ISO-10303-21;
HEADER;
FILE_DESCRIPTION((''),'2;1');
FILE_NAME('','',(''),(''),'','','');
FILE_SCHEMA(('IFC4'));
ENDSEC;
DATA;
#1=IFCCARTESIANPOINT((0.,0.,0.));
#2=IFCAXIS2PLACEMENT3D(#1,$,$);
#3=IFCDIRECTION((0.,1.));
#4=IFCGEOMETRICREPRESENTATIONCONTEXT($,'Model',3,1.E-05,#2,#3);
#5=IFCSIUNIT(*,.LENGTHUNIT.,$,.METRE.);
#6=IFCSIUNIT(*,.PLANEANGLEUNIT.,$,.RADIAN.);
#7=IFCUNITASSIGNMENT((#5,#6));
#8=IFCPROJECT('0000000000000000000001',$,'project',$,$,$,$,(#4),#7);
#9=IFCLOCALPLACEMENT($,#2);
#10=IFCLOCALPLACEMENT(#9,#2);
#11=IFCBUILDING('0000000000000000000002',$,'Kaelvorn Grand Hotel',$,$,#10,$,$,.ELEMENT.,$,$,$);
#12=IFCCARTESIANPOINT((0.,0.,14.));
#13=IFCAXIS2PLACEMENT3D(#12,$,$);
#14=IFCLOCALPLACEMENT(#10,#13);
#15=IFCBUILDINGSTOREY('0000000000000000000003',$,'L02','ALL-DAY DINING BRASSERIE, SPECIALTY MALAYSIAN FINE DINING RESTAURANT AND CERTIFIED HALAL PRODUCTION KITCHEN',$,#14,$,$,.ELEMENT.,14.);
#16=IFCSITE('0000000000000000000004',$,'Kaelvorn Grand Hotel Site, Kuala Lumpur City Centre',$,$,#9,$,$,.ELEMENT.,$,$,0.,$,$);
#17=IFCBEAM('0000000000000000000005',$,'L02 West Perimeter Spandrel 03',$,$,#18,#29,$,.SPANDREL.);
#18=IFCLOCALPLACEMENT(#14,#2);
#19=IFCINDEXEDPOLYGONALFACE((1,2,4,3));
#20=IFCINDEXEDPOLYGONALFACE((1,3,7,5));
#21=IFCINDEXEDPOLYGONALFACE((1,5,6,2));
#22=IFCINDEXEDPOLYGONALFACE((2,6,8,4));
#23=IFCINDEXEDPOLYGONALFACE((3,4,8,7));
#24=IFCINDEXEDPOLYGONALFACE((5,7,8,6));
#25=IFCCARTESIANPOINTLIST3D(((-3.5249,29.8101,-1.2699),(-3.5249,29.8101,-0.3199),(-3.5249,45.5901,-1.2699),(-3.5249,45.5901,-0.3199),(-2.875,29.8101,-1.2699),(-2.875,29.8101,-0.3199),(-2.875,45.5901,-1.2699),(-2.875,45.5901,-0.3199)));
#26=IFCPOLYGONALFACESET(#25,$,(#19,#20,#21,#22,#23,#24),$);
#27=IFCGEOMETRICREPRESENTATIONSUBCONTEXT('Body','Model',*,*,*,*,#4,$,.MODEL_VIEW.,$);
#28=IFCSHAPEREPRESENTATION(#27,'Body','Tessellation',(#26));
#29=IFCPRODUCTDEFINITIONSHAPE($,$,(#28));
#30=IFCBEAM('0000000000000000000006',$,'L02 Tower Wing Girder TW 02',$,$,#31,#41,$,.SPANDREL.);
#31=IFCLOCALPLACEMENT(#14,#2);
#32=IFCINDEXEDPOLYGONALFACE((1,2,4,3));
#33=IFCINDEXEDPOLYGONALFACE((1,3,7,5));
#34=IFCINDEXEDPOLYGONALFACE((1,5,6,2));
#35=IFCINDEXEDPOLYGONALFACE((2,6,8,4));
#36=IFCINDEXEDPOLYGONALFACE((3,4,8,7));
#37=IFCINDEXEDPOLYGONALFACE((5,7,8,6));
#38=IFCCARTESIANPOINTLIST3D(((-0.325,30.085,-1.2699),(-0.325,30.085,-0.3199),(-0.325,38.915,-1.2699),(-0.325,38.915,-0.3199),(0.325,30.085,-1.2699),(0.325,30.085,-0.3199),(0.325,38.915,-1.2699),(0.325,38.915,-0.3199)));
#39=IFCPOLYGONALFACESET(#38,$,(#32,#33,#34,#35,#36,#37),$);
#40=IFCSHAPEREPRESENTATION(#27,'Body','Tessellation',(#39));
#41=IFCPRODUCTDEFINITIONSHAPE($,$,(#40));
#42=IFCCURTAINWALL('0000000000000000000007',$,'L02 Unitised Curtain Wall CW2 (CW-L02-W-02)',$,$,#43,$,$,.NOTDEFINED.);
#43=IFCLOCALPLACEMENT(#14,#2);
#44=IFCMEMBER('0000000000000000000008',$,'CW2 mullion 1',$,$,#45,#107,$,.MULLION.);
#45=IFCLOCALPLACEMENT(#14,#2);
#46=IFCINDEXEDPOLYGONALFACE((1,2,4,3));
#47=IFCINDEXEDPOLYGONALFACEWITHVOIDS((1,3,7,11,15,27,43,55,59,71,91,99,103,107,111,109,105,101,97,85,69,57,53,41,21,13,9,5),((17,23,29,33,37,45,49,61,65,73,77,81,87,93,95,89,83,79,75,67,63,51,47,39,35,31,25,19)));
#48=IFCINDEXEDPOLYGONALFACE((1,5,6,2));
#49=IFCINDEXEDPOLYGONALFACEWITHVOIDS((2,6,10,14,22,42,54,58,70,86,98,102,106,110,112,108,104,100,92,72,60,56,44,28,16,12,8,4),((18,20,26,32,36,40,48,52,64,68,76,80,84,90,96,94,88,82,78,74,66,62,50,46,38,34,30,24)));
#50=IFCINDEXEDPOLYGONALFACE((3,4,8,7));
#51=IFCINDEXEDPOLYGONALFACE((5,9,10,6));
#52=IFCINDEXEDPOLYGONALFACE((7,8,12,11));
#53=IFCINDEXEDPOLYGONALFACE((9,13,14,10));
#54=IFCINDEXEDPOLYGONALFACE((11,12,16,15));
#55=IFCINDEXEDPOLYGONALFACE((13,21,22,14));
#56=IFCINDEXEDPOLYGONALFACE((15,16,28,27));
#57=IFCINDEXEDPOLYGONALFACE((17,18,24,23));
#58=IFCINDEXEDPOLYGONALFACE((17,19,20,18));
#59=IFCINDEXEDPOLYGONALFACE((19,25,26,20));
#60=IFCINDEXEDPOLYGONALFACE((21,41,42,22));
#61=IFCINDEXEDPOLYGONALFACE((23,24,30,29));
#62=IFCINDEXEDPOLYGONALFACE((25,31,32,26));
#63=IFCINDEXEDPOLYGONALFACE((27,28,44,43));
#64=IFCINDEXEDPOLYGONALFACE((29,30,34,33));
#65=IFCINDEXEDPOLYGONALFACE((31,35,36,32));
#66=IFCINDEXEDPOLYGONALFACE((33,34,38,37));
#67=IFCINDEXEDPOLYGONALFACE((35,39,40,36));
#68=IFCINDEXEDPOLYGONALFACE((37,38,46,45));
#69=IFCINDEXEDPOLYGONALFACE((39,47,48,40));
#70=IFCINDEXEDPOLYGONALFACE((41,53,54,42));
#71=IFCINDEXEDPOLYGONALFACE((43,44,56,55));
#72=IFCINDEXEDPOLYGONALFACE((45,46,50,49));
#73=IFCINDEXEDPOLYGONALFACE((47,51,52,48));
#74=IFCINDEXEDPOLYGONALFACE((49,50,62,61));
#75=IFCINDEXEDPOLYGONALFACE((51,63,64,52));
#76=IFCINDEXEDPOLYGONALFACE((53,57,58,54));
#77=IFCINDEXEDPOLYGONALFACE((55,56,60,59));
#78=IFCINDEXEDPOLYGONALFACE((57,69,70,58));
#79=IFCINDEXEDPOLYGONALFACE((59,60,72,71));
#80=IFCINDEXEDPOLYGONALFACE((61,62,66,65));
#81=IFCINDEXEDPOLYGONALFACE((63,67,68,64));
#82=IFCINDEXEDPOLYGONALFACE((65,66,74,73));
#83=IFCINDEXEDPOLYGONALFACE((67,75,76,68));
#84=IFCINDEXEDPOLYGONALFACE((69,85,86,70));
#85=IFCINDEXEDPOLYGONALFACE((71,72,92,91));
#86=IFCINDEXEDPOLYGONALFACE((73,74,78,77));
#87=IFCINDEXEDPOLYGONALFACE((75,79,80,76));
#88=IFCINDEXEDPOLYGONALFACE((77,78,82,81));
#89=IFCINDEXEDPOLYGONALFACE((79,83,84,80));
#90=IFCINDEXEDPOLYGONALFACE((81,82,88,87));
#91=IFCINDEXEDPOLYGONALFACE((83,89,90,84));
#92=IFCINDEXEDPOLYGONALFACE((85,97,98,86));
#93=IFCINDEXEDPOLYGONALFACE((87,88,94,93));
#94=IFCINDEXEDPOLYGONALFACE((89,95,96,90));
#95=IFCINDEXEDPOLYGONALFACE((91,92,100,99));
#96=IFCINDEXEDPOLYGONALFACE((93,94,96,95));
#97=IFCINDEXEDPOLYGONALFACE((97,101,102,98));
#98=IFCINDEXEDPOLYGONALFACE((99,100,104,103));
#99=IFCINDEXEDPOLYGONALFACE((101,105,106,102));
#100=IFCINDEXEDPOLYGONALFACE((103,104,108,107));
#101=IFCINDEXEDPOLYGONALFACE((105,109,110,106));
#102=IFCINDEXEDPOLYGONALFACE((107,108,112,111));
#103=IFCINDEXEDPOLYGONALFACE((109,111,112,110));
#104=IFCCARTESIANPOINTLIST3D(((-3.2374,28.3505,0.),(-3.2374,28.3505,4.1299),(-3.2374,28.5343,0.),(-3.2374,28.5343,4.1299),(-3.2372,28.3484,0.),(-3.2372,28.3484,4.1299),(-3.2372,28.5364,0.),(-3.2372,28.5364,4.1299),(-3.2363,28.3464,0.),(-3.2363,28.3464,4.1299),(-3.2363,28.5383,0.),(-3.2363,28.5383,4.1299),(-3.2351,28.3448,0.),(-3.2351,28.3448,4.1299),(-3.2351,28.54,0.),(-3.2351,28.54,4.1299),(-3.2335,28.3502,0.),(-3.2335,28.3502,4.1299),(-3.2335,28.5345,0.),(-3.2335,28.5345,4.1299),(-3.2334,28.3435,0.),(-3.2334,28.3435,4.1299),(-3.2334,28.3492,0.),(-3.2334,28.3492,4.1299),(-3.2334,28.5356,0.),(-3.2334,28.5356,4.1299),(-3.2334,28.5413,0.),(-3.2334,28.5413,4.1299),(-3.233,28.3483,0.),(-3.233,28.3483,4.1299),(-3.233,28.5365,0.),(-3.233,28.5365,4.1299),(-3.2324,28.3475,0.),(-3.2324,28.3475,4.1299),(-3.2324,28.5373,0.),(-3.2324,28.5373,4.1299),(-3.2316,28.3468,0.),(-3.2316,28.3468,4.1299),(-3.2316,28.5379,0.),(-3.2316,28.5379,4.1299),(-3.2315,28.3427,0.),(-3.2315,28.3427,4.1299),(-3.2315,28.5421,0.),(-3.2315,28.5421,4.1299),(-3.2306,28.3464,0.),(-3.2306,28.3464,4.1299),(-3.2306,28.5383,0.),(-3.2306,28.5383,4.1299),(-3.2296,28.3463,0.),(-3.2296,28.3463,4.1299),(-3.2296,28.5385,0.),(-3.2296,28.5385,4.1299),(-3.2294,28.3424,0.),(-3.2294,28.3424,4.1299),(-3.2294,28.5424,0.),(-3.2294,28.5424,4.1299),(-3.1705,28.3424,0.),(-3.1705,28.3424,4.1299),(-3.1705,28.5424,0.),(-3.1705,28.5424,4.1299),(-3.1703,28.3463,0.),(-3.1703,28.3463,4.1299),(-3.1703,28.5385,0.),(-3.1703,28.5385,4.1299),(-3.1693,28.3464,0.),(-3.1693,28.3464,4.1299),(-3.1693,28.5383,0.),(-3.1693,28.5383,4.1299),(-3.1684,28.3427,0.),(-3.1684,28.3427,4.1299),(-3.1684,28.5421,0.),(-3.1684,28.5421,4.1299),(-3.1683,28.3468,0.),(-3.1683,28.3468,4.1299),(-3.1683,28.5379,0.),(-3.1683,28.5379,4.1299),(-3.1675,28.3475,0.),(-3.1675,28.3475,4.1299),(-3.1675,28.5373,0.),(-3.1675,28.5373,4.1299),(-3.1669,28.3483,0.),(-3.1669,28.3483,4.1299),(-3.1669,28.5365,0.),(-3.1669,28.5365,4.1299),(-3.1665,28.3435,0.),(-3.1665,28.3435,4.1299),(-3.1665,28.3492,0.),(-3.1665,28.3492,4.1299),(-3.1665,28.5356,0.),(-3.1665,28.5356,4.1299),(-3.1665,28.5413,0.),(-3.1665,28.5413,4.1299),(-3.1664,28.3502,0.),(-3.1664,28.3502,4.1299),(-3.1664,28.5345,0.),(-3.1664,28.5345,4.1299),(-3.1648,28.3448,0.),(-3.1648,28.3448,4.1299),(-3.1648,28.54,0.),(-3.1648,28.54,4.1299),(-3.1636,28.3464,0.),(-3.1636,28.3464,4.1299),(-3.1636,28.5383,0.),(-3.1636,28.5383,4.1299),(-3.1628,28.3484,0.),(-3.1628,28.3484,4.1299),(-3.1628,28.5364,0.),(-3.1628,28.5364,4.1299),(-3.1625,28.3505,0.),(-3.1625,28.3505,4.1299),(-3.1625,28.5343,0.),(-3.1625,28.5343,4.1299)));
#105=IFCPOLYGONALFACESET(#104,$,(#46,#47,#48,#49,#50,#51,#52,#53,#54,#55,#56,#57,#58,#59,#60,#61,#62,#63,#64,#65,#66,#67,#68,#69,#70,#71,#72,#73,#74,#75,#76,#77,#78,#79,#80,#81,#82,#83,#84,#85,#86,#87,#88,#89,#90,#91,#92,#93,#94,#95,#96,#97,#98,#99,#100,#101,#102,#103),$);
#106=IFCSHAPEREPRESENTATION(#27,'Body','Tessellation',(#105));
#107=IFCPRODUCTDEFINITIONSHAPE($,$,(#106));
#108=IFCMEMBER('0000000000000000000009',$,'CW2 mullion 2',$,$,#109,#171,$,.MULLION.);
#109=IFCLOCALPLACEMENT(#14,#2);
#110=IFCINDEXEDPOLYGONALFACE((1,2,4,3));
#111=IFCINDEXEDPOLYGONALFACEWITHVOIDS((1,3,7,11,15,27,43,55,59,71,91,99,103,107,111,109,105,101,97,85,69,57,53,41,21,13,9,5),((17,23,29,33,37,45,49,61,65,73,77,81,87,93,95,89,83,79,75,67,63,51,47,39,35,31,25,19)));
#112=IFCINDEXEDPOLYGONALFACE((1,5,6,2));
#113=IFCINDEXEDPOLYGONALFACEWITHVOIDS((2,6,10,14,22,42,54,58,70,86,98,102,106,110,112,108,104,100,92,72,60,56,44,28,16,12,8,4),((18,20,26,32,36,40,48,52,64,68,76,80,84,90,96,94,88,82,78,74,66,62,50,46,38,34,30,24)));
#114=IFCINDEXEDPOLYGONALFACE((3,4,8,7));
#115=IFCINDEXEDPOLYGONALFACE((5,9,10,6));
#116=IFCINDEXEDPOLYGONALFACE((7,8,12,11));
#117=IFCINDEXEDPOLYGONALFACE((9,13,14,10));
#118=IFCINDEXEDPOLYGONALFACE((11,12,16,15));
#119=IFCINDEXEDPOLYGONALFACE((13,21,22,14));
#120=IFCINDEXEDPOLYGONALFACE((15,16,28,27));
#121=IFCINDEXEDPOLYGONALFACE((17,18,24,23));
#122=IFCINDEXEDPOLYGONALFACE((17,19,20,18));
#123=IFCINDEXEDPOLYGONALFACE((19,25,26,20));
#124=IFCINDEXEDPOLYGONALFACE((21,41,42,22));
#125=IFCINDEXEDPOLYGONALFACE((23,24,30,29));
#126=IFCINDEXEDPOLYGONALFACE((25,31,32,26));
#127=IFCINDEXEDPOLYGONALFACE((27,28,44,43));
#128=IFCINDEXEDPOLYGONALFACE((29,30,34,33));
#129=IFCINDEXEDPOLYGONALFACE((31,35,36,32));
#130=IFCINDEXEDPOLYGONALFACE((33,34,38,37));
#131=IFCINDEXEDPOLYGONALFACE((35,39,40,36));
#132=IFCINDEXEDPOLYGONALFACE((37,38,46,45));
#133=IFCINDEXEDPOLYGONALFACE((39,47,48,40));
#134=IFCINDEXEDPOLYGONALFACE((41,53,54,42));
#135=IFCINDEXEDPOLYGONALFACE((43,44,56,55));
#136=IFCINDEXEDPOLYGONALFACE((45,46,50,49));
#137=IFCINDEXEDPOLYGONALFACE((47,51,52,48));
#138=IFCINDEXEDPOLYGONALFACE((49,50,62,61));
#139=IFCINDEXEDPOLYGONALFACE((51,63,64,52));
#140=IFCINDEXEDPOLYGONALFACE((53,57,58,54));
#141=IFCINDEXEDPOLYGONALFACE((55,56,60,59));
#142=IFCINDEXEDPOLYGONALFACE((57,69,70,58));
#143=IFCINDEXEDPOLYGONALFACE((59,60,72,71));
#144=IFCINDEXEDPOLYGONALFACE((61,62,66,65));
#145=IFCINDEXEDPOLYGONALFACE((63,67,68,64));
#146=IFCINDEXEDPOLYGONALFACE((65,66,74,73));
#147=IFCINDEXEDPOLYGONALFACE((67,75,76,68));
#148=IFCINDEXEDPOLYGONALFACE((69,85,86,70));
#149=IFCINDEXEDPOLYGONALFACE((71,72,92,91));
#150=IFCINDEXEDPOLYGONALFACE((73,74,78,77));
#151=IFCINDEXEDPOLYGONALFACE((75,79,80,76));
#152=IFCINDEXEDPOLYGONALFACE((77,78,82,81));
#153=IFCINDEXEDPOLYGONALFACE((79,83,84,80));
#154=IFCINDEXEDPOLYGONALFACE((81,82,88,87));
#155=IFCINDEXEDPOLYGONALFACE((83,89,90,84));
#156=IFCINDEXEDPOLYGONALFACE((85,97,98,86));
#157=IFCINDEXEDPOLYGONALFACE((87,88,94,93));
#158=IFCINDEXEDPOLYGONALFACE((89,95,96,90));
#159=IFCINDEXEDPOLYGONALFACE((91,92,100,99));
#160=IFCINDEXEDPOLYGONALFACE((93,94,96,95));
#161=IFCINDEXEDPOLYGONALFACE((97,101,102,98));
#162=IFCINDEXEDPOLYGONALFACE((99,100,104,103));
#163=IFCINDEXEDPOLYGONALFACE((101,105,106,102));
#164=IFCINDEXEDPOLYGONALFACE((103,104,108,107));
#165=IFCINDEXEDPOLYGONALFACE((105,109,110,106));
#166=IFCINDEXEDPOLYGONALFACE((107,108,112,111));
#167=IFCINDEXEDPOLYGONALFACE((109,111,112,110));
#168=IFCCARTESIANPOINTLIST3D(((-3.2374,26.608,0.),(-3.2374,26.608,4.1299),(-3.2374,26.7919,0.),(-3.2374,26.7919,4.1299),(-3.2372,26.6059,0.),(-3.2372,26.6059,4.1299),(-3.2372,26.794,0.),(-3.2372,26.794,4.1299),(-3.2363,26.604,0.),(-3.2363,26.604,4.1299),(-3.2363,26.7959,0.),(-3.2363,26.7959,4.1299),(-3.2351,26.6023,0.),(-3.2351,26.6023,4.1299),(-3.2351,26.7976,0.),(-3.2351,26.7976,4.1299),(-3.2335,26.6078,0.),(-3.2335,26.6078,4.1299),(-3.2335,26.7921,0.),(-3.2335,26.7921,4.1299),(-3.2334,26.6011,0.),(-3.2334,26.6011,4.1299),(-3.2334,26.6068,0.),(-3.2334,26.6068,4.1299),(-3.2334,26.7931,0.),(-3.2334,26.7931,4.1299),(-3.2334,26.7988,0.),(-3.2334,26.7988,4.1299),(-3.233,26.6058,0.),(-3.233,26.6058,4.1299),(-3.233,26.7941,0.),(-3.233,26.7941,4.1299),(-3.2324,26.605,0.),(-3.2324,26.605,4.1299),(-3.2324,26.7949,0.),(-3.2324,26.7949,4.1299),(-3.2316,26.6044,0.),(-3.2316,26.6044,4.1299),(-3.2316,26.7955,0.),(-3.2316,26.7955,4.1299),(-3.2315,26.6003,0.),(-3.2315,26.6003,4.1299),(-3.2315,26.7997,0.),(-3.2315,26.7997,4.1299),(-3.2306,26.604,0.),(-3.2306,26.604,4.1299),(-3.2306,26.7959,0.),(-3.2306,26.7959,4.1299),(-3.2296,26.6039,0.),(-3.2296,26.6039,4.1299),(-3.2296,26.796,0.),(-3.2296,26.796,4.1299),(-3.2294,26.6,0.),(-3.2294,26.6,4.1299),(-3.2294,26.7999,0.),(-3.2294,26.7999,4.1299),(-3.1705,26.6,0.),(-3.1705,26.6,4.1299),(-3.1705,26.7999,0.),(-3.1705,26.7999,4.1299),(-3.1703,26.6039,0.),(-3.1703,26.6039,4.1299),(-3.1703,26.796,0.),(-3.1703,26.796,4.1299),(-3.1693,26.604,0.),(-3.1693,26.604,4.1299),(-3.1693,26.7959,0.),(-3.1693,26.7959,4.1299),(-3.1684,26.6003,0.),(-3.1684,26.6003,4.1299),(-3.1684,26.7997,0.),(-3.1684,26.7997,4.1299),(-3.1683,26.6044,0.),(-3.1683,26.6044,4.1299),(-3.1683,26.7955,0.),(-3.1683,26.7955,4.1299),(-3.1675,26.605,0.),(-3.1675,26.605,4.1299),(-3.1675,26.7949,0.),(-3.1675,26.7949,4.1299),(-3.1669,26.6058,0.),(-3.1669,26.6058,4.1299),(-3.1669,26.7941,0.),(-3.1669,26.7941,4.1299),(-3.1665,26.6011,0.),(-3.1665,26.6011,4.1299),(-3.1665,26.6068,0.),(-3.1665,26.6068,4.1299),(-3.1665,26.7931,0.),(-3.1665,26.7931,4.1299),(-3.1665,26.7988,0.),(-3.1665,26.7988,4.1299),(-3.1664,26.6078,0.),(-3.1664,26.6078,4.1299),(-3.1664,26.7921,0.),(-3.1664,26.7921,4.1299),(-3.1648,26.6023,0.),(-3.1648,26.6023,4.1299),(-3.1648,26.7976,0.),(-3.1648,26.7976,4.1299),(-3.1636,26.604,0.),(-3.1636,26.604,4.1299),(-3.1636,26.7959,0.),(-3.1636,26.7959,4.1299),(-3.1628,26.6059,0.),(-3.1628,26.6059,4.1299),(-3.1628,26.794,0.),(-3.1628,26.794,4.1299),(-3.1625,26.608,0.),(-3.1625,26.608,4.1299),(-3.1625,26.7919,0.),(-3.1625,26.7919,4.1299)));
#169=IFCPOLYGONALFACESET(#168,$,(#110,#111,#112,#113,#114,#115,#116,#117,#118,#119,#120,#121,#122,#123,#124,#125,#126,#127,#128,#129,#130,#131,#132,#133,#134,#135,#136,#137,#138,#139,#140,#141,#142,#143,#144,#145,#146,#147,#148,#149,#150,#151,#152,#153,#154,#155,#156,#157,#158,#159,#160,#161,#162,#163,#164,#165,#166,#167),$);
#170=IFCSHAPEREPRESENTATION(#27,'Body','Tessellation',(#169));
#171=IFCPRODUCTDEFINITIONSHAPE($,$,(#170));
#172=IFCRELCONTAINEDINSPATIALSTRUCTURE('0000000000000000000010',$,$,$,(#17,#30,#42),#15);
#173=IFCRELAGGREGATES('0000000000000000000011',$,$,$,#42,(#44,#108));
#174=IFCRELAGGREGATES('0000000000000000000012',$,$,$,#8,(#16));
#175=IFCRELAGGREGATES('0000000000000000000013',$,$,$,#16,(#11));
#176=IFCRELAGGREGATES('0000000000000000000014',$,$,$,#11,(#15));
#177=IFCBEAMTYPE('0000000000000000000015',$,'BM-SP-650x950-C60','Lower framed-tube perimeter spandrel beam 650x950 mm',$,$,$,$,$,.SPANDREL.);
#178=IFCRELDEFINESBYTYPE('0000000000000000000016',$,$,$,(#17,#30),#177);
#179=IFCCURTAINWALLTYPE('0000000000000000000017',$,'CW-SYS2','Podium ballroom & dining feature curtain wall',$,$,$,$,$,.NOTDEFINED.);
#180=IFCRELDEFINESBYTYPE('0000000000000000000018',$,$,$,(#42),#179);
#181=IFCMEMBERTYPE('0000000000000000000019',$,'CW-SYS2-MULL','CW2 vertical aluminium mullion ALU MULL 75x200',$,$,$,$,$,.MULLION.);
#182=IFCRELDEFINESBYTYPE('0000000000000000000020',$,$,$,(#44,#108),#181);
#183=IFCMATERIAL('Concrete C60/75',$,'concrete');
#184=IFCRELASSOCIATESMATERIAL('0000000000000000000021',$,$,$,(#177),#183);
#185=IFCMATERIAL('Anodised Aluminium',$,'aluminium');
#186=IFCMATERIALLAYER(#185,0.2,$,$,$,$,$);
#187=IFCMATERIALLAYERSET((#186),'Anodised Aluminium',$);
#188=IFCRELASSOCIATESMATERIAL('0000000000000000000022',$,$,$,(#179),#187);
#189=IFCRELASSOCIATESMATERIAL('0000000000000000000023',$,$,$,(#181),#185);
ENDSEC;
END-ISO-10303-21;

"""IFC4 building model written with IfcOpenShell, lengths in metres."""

from ifc_helpers import new_model, si_unit, direction, frame, origin, origin_2d, place, context, subcontext, project, spatial, rectangle, hollow_rectangle, extrude, material, layer, layer_set, material_profile, profile_set, type_object, element, aggregate, save


model = new_model("IFC4")

# Units and contexts
model_context = context("Model", 3, precision=1e-05, world=origin(), true_north=direction((0.0, 1.0)))
body_context = subcontext(model_context, "Body", "Model", "MODEL_VIEW")
ifc_project = project(units=[si_unit("LENGTHUNIT", "METRE"), si_unit("PLANEANGLEUNIT", "RADIAN")], contexts=[model_context])

# Site, building, storey
site_placement = place(None, origin())
site = spatial("IfcSite", under=ifc_project, at=site_placement, Name="Kaelvorn Grand Hotel Site, Kuala Lumpur City Centre", CompositionType="ELEMENT", RefElevation=0.0)
building_placement = place(site_placement, origin())
building = spatial("IfcBuilding", under=site, at=building_placement, Name="Kaelvorn Grand Hotel", CompositionType="ELEMENT")
storey_placement = place(building_placement, frame((0.0, 0.0, 14.0)))
storey = spatial("IfcBuildingStorey", under=building, at=storey_placement, Name="L02", Description="ALL-DAY DINING BRASSERIE, SPECIALTY MALAYSIAN FINE DINING RESTAURANT AND CERTIFIED HALAL PRODUCTION KITCHEN", CompositionType="ELEMENT", Elevation=14.0)

# Beams
ifc_material_1 = material(Name="Concrete C60/75", Category="concrete")
ifc_material_profile_1 = material_profile(ifc_material_1, rectangle(XDim=0.6499, YDim=0.95, at=origin_2d()), Name="RC SPANDREL 650x950")
ifc_profile_set_1 = profile_set([ifc_material_profile_1], Name="Concrete C60/75")
beam_type_1 = type_object("IfcBeamType", Name="BM-SP-650x950-C60", Description="Lower framed-tube perimeter spandrel beam 650x950 mm", PredefinedType="SPANDREL", material=ifc_profile_set_1)
beam_1_placement = place(storey_placement, frame((-3.2, 29.8101, -0.7949), z_axis=(0.0, 1.0, 0.0), x_axis=(-1.0, 0.0, 0.0)))
element("IfcBeam", 1, at=beam_1_placement, inside=storey, type_object=beam_type_1, Name="L02 West Perimeter Spandrel 03", PredefinedType="SPANDREL", context=body_context, shape_type="SweptSolid", body=[
    extrude(rectangle(XDim=0.6499, YDim=0.95, at=origin_2d()), origin(), (0.0, 0.0, 1.0), 15.78),
])
beam_2_placement = place(storey_placement, frame((0.0, 30.085, -0.7949), z_axis=(0.0, 1.0, 0.0), x_axis=(-1.0, 0.0, 0.0)))
element("IfcBeam", 2, at=beam_2_placement, inside=storey, type_object=beam_type_1, Name="L02 Tower Wing Girder TW 02", PredefinedType="SPANDREL", context=body_context, shape_type="SweptSolid", body=[
    extrude(rectangle(XDim=0.6499, YDim=0.95, at=origin_2d()), origin(), (0.0, 0.0, 1.0), 8.8301),
])

# Curtain wall, members
ifc_material_2 = material(Name="Anodised Aluminium", Category="aluminium")
ifc_layer_1 = layer(ifc_material_2, 0.2)
ifc_layer_set_1 = layer_set([ifc_layer_1], Name="Anodised Aluminium")
curtain_wall_type = type_object("IfcCurtainWallType", Name="CW-SYS2", Description="Podium ballroom & dining feature curtain wall", PredefinedType="NOTDEFINED", material=ifc_layer_set_1)
curtain_wall_placement = place(storey_placement, origin())
curtain_wall = element("IfcCurtainWall", 3, at=curtain_wall_placement, inside=storey, type_object=curtain_wall_type, Name="L02 Unitised Curtain Wall CW2 (CW-L02-W-02)", PredefinedType="NOTDEFINED")
ifc_material_profile_2 = material_profile(ifc_material_2, hollow_rectangle(XDim=0.075, YDim=0.2, WallThickness=0.0039, InnerFilletRadius=0.0039, OuterFilletRadius=0.0081, at=origin_2d()), Name="ALU MULL 75x200")
ifc_profile_set_2 = profile_set([ifc_material_profile_2], Name="Anodised Aluminium")
member_type_1 = type_object("IfcMemberType", Name="CW-SYS2-MULL", Description="CW2 vertical aluminium mullion ALU MULL 75x200", PredefinedType="MULLION", material=ifc_profile_set_2)
member_1_placement = place(storey_placement, frame((-3.2, 28.4424, 0.0), z_axis=(0.0, 0.0, 1.0), x_axis=(1.0, 0.0, 0.0)))
member_1 = element("IfcMember", 4, at=member_1_placement, type_object=member_type_1, Name="CW2 mullion 1", PredefinedType="MULLION", context=body_context, shape_type="SweptSolid", body=[
    extrude(hollow_rectangle(XDim=0.075, YDim=0.2, WallThickness=0.0039, InnerFilletRadius=0.0039, OuterFilletRadius=0.0081, at=origin_2d()), origin(), (0.0, 0.0, 1.0), 4.1299),
])
member_2_placement = place(storey_placement, frame((-3.2, 26.7, 0.0), z_axis=(0.0, 0.0, 1.0), x_axis=(1.0, 0.0, 0.0)))
member_2 = element("IfcMember", 5, at=member_2_placement, type_object=member_type_1, Name="CW2 mullion 2", PredefinedType="MULLION", context=body_context, shape_type="SweptSolid", body=[
    extrude(hollow_rectangle(XDim=0.075, YDim=0.2, WallThickness=0.0039, InnerFilletRadius=0.0039, OuterFilletRadius=0.0081, at=origin_2d()), origin(), (0.0, 0.0, 1.0), 4.1299),
])
aggregate(curtain_wall, [member_1, member_2])

save(model, "model.ifc")
